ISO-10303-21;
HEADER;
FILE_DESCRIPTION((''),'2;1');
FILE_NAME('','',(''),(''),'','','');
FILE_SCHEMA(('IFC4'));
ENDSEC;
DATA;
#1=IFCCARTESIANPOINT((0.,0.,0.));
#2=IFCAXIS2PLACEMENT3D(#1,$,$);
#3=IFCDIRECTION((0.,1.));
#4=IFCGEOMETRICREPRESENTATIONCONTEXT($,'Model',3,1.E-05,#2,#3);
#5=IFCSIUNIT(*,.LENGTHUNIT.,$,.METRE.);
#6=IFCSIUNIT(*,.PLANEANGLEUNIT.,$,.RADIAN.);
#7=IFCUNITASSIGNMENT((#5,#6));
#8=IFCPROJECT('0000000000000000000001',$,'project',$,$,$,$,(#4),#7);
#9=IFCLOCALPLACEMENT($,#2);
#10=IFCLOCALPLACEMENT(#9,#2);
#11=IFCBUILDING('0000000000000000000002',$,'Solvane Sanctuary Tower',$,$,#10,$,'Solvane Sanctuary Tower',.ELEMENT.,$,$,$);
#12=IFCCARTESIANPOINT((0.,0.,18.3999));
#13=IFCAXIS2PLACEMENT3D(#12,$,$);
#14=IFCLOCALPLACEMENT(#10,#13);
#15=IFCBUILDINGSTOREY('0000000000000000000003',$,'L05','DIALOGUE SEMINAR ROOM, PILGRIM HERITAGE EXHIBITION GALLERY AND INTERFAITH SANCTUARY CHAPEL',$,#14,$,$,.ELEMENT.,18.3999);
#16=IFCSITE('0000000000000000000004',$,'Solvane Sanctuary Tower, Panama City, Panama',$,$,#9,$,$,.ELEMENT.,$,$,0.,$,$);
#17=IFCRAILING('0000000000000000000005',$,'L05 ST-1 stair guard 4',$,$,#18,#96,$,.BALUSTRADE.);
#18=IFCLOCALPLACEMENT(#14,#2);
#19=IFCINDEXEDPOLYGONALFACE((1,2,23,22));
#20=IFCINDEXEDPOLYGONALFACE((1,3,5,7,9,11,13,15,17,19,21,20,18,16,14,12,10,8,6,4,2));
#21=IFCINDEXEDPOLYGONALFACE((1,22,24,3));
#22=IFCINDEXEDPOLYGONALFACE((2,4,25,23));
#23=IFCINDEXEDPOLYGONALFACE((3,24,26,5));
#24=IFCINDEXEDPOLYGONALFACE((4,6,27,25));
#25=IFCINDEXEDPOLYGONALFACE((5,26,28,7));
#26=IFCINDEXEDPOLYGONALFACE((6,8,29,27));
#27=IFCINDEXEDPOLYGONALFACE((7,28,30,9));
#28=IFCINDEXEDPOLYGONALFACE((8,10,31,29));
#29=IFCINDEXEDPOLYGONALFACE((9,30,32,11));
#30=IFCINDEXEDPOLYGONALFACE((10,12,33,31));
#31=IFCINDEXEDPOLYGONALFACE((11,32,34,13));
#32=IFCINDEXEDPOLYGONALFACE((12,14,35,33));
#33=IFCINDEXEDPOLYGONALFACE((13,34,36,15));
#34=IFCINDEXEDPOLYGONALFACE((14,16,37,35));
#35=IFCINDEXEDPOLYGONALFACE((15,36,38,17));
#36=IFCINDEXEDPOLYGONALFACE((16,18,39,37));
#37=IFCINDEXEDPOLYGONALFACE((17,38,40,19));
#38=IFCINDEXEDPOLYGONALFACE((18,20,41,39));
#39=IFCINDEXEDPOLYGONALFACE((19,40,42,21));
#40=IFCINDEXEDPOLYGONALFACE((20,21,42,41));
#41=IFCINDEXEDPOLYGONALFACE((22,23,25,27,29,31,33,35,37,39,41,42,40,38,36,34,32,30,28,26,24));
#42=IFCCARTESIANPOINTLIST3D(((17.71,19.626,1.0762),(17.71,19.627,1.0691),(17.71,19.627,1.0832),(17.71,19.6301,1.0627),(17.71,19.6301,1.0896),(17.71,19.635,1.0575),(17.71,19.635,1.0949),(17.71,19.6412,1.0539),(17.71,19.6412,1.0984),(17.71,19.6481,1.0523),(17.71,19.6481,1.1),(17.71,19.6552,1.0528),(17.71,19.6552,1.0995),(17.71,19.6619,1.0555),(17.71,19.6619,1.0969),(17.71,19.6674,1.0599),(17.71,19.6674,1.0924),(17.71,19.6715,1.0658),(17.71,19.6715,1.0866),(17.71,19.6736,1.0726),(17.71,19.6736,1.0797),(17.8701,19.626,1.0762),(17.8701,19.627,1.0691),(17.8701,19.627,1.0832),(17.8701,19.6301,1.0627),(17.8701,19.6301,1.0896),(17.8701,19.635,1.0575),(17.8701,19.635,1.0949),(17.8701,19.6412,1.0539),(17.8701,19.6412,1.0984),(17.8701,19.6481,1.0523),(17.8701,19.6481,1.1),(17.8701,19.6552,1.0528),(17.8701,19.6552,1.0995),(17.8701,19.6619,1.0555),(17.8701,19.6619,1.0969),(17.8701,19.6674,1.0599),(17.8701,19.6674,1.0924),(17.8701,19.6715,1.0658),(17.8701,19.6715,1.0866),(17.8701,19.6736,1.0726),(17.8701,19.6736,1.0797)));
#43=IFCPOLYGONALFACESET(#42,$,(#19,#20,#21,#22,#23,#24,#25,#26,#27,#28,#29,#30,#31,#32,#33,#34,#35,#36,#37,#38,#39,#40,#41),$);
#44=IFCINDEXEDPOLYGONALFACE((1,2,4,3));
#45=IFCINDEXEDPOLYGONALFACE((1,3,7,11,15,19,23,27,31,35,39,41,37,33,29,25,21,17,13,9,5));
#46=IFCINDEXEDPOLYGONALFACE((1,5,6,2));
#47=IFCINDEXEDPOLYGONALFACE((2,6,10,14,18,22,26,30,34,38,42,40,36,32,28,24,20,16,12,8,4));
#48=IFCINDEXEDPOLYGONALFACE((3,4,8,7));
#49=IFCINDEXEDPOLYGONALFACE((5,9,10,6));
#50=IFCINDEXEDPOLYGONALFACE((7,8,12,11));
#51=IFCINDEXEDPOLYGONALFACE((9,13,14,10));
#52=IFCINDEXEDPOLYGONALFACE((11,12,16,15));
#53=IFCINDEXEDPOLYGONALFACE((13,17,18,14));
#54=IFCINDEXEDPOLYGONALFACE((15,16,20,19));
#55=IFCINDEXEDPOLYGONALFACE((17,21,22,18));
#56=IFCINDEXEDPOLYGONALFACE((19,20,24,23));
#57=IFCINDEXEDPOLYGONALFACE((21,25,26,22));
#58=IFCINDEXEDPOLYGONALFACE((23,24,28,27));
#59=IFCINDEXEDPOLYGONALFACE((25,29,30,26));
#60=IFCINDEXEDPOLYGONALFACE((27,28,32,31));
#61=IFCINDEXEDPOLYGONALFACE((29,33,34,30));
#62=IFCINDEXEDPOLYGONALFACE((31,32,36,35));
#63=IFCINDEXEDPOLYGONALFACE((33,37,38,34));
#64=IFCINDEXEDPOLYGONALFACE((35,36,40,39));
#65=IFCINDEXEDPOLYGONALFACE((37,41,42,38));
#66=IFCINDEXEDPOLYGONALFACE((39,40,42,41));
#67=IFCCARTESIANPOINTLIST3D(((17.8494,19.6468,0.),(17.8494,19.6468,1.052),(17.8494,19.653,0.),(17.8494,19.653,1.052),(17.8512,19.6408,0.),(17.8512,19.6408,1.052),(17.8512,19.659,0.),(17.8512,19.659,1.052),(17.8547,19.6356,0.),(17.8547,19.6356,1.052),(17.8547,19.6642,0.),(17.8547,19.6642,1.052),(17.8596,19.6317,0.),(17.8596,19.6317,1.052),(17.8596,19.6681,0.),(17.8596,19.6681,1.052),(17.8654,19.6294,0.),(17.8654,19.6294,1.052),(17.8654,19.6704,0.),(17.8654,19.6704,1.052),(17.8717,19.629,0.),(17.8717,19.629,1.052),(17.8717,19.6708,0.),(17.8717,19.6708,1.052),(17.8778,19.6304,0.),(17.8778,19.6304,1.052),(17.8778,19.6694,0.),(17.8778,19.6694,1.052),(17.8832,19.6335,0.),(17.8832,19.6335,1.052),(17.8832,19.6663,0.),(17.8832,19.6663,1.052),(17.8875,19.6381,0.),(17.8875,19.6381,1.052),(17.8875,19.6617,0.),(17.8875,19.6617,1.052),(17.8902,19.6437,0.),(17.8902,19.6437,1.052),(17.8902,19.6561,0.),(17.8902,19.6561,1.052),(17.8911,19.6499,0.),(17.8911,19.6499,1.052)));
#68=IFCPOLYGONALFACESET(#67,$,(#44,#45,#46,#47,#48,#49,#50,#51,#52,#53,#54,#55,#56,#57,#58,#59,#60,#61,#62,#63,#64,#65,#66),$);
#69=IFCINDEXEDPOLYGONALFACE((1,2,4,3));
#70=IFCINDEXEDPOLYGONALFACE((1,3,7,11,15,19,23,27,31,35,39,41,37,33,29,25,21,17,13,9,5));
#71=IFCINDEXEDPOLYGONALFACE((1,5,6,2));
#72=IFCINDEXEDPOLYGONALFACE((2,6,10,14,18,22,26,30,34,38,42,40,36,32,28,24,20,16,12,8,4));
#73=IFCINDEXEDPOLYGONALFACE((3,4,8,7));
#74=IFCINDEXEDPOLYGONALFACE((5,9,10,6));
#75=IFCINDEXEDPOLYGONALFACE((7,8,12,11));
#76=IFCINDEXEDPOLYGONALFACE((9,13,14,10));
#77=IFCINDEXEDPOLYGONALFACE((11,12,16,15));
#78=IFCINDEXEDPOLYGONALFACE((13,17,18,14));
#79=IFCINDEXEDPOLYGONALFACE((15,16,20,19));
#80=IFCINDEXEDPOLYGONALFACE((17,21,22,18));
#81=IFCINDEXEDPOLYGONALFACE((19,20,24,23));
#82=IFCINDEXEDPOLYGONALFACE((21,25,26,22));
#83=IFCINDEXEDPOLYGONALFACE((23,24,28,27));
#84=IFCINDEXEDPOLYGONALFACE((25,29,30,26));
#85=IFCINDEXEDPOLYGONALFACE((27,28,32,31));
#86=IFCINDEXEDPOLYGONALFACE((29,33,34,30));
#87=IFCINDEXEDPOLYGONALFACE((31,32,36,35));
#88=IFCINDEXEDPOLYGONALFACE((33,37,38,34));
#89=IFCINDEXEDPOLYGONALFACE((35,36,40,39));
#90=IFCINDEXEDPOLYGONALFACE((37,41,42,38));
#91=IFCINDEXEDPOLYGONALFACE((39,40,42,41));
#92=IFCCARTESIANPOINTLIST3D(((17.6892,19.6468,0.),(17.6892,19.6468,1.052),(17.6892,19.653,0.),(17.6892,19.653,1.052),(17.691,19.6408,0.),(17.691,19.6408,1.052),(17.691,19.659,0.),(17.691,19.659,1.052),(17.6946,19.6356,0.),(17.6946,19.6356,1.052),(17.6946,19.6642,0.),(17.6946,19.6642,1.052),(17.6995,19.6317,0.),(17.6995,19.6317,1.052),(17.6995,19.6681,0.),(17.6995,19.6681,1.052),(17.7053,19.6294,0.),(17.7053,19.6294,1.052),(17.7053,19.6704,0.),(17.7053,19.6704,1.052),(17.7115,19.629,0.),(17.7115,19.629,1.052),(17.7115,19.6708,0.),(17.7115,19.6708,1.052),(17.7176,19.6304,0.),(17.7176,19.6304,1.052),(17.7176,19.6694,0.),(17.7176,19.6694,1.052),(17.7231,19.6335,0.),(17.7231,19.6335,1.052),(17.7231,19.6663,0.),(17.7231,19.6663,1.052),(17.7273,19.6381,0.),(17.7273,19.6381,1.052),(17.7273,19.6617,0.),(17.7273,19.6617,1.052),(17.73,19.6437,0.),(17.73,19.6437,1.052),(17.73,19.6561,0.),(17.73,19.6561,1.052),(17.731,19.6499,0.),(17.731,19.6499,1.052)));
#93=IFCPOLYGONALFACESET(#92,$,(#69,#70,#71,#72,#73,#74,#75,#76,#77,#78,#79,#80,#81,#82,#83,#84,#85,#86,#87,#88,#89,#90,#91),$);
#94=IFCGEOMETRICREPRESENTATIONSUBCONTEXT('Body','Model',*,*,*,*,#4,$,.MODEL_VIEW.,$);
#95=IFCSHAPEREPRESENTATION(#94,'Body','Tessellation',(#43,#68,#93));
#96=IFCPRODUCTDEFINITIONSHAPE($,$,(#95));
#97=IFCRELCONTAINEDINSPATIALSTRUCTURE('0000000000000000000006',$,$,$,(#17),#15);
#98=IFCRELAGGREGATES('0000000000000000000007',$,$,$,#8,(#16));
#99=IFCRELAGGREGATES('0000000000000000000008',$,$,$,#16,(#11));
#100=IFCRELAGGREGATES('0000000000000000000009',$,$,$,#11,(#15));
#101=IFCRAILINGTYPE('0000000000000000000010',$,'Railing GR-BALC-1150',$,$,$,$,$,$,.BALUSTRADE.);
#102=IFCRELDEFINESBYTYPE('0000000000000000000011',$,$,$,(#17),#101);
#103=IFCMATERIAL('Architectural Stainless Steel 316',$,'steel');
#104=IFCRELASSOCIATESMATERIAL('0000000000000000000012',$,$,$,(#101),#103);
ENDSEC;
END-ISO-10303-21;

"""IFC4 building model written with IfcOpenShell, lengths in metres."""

from ifc_helpers import new_model, si_unit, direction, frame, origin, origin_2d, place, context, subcontext, project, spatial, circle, extrude, material, type_object, element, save


model = new_model("IFC4")

# Units and contexts
model_context = context("Model", 3, precision=1e-05, world=origin(), true_north=direction((0.0, 1.0)))
body_context = subcontext(model_context, "Body", "Model", "MODEL_VIEW")
ifc_project = project(units=[si_unit("LENGTHUNIT", "METRE"), si_unit("PLANEANGLEUNIT", "RADIAN")], contexts=[model_context])

# Site, building, storey
site_placement = place(None, origin())
site = spatial("IfcSite", under=ifc_project, at=site_placement, Name="Solvane Sanctuary Tower, Panama City, Panama", CompositionType="ELEMENT", RefElevation=0.0)
building_placement = place(site_placement, origin())
building = spatial("IfcBuilding", under=site, at=building_placement, Name="Solvane Sanctuary Tower", LongName="Solvane Sanctuary Tower", CompositionType="ELEMENT")
storey_placement = place(building_placement, frame((0.0, 0.0, 18.3999)))
storey = spatial("IfcBuildingStorey", under=building, at=storey_placement, Name="L05", Description="DIALOGUE SEMINAR ROOM, PILGRIM HERITAGE EXHIBITION GALLERY AND INTERFAITH SANCTUARY CHAPEL", CompositionType="ELEMENT", Elevation=18.3999)

# Railing
ifc_material_1 = material(Name="Architectural Stainless Steel 316", Category="steel")
railing_type_1 = type_object("IfcRailingType", Name="Railing GR-BALC-1150", PredefinedType="BALUSTRADE", material=ifc_material_1)
railing_1_placement = place(storey_placement, frame((17.8701, 19.6499, 0.0)))
element("IfcRailing", 1, at=railing_1_placement, inside=storey, type_object=railing_type_1, Name="L05 ST-1 stair guard 4", PredefinedType="BALUSTRADE", context=body_context, shape_type="SweptSolid", body=[
    extrude(circle(Radius=0.0239, at=origin_2d()), frame((0.0, 0.0, 1.0762), z_axis=(-1.0, 0.0, 0.0), x_axis=(0.0, -1.0, 0.0)), (0.0, 0.0, 1.0), 0.1602),
    extrude(circle(Radius=0.021, at=origin_2d()), origin(), (0.0, 0.0, 1.0), 1.052),
    extrude(circle(Radius=0.021, at=origin_2d()), frame((-0.1602, 0.0, 0.0)), (0.0, 0.0, 1.0), 1.052),
])

save(model, "model.ifc")
